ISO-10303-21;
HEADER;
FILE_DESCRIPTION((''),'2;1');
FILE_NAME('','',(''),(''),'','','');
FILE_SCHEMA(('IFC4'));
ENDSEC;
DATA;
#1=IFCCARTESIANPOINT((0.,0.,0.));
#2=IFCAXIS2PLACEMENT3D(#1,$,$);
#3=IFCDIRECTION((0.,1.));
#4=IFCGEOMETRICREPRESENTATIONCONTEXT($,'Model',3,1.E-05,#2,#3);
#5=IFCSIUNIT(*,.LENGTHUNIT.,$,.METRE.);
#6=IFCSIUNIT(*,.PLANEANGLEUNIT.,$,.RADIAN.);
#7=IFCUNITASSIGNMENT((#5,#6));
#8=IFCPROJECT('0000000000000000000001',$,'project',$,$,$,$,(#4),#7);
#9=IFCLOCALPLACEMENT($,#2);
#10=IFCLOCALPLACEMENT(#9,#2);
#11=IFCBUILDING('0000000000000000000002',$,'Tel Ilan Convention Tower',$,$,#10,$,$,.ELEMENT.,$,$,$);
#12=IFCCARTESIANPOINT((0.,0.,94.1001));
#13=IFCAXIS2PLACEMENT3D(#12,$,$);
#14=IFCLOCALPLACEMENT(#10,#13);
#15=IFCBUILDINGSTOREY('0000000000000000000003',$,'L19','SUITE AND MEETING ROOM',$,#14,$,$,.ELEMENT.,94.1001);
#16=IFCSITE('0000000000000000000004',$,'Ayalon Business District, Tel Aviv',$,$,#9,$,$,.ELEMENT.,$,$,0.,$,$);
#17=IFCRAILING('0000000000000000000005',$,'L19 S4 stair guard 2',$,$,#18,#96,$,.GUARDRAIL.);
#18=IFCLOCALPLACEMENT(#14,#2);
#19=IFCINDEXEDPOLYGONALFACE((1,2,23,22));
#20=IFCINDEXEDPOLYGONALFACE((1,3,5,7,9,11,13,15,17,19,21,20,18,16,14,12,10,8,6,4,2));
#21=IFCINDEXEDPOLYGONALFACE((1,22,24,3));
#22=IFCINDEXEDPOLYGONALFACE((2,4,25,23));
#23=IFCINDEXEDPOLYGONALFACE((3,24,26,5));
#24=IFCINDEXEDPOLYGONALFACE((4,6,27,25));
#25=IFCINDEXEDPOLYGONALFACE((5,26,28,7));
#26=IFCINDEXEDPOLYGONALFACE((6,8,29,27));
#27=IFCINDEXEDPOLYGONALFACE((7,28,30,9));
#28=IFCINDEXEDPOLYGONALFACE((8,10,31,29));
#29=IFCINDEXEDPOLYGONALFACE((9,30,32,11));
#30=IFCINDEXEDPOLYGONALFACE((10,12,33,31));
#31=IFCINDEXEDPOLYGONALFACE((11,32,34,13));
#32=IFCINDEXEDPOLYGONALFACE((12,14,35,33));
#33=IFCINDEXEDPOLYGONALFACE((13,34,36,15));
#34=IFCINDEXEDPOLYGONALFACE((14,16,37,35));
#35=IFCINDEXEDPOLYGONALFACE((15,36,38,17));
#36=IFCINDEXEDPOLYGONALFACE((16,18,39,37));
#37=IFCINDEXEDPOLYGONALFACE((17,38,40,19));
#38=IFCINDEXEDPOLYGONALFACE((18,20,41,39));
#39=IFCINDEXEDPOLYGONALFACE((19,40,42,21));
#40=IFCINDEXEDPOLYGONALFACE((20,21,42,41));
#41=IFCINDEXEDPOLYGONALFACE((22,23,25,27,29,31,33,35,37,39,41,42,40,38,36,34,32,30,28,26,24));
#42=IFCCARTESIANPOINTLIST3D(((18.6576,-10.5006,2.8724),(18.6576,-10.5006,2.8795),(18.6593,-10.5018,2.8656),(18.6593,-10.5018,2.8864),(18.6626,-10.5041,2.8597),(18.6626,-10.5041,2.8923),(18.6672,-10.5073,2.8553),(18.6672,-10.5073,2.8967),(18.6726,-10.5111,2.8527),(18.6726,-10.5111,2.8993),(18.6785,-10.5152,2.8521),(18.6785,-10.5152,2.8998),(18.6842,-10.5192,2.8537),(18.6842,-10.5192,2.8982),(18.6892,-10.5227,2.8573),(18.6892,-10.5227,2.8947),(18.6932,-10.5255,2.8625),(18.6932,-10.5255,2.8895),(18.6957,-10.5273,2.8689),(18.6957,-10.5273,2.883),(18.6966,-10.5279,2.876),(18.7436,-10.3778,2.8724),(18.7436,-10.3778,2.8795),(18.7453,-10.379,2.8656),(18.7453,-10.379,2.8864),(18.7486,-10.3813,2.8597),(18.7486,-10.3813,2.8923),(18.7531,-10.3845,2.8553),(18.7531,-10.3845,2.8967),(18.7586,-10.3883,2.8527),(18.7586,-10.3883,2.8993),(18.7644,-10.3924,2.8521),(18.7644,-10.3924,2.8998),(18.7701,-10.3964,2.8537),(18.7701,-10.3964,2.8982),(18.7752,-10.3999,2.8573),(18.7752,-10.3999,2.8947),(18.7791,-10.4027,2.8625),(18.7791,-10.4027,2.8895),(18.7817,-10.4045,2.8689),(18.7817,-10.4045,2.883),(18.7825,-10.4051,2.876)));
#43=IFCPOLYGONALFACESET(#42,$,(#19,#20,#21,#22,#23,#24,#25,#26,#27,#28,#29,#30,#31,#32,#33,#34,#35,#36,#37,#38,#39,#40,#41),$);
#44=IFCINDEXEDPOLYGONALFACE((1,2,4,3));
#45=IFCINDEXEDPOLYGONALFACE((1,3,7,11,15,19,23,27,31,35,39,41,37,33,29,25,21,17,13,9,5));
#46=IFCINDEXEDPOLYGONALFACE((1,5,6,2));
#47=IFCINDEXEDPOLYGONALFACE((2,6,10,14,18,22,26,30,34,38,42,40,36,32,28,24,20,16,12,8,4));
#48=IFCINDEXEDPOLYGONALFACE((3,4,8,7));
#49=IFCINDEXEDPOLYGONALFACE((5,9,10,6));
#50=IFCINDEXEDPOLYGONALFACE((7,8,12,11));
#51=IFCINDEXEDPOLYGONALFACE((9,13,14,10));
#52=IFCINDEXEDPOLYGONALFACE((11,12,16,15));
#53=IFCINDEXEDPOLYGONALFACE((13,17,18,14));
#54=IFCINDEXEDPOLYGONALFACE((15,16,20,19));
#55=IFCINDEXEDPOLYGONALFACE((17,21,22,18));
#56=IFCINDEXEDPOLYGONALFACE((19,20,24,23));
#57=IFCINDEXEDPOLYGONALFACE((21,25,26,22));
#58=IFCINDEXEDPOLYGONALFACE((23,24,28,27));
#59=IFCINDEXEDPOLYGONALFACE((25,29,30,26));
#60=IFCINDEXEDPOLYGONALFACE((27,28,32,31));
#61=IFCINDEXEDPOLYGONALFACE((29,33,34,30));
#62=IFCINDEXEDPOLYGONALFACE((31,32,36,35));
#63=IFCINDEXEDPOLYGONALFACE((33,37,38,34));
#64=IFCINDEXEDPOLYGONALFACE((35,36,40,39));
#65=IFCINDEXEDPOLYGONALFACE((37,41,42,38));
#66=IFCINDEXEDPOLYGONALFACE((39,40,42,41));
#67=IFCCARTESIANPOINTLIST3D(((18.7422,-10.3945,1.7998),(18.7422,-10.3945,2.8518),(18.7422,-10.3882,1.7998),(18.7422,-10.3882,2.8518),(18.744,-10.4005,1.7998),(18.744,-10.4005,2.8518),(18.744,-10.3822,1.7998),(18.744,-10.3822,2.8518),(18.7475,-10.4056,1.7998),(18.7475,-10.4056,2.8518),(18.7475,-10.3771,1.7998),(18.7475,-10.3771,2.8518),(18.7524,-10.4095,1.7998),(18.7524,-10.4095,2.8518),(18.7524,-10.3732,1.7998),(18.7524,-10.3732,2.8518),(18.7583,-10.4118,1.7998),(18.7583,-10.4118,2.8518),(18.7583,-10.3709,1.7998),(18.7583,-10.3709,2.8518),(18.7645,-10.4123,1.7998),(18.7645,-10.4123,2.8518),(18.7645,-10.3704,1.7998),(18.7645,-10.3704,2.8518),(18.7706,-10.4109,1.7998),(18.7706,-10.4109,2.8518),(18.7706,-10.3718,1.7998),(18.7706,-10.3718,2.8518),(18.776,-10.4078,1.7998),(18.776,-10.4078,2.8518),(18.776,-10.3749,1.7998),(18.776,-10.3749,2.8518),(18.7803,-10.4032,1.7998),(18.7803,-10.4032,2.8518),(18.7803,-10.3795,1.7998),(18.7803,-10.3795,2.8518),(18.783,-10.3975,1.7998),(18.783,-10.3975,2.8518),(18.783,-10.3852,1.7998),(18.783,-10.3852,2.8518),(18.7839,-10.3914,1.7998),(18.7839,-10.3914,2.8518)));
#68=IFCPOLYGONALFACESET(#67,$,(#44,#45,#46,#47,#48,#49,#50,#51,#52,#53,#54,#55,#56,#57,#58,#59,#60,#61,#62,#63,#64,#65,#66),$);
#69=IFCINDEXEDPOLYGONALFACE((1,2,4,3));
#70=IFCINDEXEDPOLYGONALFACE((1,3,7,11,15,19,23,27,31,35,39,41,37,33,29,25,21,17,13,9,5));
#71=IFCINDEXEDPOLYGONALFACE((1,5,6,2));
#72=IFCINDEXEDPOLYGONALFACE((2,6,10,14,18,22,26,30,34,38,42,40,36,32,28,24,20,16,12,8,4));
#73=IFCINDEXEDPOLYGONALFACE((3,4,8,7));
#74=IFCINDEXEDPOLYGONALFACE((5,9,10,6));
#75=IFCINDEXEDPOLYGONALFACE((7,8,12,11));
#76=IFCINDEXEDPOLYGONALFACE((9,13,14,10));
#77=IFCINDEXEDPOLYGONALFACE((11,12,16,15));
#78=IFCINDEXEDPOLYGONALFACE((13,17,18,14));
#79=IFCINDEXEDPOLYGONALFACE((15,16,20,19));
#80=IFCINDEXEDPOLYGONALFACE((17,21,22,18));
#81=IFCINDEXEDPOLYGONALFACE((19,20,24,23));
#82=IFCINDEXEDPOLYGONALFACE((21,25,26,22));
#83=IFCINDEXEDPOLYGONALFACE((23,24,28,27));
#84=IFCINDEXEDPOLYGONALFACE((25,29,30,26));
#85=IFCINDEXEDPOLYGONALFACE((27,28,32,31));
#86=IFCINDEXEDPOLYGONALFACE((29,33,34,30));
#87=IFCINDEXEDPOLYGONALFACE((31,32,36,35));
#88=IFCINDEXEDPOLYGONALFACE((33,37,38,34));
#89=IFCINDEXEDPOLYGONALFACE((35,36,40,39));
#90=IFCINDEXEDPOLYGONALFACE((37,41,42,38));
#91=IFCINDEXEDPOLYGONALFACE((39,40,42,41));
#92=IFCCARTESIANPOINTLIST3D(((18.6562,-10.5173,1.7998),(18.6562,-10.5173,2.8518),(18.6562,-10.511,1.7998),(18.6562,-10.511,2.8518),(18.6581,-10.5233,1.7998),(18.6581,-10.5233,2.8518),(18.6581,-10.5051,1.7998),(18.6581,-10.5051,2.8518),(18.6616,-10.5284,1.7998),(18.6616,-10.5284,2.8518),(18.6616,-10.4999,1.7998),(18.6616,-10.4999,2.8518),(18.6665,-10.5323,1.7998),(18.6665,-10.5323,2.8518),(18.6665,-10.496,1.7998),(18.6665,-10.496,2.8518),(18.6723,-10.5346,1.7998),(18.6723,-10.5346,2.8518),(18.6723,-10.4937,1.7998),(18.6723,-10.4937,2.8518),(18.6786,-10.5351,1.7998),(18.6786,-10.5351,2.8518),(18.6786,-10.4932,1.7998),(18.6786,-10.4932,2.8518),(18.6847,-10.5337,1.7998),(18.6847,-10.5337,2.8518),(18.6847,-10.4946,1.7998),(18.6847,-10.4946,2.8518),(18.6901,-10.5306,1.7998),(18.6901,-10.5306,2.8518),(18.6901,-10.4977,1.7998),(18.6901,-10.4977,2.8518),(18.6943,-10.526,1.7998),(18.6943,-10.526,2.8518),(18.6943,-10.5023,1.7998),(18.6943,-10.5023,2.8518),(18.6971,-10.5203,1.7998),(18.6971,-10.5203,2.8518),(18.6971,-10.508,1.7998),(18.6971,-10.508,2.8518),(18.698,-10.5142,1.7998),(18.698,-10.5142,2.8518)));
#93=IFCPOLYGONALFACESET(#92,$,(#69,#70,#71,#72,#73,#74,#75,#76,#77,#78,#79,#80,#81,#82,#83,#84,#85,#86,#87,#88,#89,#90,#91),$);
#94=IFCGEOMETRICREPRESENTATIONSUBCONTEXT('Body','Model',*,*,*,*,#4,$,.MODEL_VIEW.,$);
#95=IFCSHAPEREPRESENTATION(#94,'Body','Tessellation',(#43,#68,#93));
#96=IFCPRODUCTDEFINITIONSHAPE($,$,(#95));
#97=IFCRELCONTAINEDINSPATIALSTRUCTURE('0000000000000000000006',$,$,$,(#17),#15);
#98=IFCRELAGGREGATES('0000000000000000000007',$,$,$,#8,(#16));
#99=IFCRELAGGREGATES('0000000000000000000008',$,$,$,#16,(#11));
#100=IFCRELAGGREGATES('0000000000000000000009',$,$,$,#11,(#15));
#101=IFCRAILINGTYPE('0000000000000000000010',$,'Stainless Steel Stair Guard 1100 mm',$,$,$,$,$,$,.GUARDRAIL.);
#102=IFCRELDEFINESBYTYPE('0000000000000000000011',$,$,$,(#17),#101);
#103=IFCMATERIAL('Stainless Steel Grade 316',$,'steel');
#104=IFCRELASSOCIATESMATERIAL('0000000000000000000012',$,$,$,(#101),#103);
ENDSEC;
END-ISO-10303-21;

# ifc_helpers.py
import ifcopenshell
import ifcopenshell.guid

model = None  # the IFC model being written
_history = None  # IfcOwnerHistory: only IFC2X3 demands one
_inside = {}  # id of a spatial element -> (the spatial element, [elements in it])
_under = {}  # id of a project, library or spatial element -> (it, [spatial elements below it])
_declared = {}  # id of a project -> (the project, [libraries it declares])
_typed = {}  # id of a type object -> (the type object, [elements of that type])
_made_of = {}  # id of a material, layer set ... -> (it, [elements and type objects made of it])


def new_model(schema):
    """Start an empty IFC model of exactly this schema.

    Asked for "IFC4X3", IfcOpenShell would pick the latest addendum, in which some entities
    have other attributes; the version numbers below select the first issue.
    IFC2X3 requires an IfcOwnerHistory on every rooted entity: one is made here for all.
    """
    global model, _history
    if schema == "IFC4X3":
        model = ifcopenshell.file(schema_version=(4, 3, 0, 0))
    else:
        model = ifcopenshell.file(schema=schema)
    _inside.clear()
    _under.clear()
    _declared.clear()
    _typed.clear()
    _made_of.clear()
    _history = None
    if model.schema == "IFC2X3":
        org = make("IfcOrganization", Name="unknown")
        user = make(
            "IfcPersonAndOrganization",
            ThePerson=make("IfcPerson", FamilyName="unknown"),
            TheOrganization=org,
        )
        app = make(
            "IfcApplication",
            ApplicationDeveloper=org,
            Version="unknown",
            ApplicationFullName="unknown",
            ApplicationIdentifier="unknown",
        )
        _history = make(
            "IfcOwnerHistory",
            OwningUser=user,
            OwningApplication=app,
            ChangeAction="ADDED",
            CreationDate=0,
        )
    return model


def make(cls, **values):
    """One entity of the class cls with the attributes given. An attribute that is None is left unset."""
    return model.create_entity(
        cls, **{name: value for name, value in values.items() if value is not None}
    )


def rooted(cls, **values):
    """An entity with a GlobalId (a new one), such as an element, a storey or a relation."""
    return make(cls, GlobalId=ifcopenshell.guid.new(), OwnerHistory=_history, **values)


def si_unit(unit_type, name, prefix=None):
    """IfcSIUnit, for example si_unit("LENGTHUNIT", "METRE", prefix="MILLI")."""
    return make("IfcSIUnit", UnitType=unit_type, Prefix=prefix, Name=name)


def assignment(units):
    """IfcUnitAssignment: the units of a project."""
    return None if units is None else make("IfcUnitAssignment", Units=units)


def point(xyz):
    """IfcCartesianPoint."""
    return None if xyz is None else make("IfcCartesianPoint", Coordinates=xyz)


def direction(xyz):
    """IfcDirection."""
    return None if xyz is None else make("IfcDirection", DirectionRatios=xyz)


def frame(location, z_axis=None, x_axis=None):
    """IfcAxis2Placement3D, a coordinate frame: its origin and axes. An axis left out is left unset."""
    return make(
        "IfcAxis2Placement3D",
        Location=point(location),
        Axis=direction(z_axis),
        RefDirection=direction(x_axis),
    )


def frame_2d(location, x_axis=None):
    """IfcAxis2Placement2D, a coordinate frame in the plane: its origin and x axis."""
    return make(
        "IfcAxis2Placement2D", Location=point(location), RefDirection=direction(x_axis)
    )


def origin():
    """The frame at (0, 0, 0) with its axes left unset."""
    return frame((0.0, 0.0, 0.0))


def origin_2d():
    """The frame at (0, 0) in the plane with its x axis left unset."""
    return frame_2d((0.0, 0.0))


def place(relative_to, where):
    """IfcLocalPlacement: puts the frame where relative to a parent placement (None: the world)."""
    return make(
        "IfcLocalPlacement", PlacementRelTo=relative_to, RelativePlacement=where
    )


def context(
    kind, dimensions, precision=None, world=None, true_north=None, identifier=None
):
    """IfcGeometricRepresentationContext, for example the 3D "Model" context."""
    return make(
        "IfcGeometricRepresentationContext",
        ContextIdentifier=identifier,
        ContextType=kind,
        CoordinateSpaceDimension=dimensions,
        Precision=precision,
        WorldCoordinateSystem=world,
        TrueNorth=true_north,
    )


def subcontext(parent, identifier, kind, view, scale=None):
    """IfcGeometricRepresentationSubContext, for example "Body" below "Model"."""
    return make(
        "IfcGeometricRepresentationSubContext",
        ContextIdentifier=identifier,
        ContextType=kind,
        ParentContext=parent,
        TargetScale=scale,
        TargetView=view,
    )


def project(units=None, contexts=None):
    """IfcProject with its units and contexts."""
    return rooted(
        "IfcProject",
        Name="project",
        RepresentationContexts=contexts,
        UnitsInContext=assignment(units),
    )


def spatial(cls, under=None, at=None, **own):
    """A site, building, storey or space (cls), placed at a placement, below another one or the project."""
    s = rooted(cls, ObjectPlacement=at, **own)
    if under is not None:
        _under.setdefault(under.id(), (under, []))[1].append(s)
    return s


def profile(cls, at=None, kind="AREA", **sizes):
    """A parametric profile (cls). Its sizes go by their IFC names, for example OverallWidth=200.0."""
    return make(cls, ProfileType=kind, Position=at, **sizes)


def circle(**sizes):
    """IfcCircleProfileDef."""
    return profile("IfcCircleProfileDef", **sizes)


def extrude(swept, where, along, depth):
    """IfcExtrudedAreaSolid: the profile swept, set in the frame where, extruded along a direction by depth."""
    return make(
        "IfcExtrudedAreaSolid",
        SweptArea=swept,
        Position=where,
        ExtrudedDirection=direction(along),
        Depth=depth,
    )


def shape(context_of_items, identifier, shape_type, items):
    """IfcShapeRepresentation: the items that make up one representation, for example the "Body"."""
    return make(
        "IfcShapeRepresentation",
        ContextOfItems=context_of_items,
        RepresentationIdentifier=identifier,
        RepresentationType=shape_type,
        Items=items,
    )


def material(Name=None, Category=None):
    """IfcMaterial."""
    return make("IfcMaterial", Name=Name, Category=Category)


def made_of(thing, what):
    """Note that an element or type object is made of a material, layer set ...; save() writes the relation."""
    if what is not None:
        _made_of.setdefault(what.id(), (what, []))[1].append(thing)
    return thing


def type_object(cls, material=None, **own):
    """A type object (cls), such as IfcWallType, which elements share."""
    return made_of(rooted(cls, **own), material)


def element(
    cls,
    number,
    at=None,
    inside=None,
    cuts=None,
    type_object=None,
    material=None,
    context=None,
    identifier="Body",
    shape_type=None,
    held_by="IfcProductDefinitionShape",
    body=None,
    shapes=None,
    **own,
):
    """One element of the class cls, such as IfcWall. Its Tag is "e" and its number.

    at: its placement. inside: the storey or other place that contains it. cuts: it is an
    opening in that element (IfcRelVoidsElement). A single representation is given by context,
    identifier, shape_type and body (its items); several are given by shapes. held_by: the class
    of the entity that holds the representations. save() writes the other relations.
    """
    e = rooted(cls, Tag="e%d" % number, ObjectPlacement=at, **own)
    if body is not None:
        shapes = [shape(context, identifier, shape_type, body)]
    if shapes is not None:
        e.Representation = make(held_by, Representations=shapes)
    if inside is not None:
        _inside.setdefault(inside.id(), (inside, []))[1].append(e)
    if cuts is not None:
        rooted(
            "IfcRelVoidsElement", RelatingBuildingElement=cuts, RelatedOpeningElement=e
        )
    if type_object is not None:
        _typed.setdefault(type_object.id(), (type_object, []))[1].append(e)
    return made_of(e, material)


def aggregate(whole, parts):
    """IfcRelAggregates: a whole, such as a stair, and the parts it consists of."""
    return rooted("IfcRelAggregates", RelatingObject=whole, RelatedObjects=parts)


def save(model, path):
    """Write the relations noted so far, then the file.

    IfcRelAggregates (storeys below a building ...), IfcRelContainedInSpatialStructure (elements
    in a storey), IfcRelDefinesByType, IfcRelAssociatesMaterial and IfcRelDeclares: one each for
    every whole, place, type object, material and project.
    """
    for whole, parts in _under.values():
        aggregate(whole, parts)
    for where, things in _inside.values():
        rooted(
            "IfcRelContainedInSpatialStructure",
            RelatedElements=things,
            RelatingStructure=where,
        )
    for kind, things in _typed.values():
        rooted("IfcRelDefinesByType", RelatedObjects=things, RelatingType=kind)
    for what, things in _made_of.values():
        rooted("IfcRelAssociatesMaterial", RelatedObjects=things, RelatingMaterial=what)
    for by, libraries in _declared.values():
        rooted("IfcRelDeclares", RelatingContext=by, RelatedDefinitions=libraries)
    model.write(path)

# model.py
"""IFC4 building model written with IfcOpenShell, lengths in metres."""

from ifc_helpers import new_model, si_unit, direction, frame, origin, origin_2d, place, context, subcontext, project, spatial, circle, extrude, material, type_object, element, save


model = new_model("IFC4")

# Units and contexts
model_context = context("Model", 3, precision=1e-05, world=origin(), true_north=direction((0.0, 1.0)))
body_context = subcontext(model_context, "Body", "Model", "MODEL_VIEW")
ifc_project = project(units=[si_unit("LENGTHUNIT", "METRE"), si_unit("PLANEANGLEUNIT", "RADIAN")], contexts=[model_context])

# Site, building, storey
site_placement = place(None, origin())
site = spatial("IfcSite", under=ifc_project, at=site_placement, Name="Ayalon Business District, Tel Aviv", CompositionType="ELEMENT", RefElevation=0.0)
building_placement = place(site_placement, origin())
building = spatial("IfcBuilding", under=site, at=building_placement, Name="Tel Ilan Convention Tower", CompositionType="ELEMENT")
storey_placement = place(building_placement, frame((0.0, 0.0, 94.1001)))
storey = spatial("IfcBuildingStorey", under=building, at=storey_placement, Name="L19", Description="SUITE AND MEETING ROOM", CompositionType="ELEMENT", Elevation=94.1001)

# Railing
ifc_material_1 = material(Name="Stainless Steel Grade 316", Category="steel")
railing_type_1 = type_object("IfcRailingType", Name="Stainless Steel Stair Guard 1100 mm", PredefinedType="GUARDRAIL", material=ifc_material_1)
railing_1_placement = place(storey_placement, frame((18.7629, -10.3914, 1.7998)))
element("IfcRailing", 1, at=railing_1_placement, inside=storey, type_object=railing_type_1, Name="L19 S4 stair guard 2", PredefinedType="GUARDRAIL", context=body_context, shape_type="SweptSolid", body=[
    extrude(circle(Radius=0.0239, at=origin_2d()), frame((0.0, 0.0, 1.0762), z_axis=(-0.573353, -0.819308, 0.0), x_axis=(0.819308, -0.573353, 0.0)), (0.0, 0.0, 1.0), 0.1499),
    extrude(circle(Radius=0.021, at=origin_2d()), origin(), (0.0, 0.0, 1.0), 1.052),
    extrude(circle(Radius=0.021, at=origin_2d()), frame((-0.0859, -0.1228, 0.0)), (0.0, 0.0, 1.0), 1.052),
])

save(model, "model.ifc")
